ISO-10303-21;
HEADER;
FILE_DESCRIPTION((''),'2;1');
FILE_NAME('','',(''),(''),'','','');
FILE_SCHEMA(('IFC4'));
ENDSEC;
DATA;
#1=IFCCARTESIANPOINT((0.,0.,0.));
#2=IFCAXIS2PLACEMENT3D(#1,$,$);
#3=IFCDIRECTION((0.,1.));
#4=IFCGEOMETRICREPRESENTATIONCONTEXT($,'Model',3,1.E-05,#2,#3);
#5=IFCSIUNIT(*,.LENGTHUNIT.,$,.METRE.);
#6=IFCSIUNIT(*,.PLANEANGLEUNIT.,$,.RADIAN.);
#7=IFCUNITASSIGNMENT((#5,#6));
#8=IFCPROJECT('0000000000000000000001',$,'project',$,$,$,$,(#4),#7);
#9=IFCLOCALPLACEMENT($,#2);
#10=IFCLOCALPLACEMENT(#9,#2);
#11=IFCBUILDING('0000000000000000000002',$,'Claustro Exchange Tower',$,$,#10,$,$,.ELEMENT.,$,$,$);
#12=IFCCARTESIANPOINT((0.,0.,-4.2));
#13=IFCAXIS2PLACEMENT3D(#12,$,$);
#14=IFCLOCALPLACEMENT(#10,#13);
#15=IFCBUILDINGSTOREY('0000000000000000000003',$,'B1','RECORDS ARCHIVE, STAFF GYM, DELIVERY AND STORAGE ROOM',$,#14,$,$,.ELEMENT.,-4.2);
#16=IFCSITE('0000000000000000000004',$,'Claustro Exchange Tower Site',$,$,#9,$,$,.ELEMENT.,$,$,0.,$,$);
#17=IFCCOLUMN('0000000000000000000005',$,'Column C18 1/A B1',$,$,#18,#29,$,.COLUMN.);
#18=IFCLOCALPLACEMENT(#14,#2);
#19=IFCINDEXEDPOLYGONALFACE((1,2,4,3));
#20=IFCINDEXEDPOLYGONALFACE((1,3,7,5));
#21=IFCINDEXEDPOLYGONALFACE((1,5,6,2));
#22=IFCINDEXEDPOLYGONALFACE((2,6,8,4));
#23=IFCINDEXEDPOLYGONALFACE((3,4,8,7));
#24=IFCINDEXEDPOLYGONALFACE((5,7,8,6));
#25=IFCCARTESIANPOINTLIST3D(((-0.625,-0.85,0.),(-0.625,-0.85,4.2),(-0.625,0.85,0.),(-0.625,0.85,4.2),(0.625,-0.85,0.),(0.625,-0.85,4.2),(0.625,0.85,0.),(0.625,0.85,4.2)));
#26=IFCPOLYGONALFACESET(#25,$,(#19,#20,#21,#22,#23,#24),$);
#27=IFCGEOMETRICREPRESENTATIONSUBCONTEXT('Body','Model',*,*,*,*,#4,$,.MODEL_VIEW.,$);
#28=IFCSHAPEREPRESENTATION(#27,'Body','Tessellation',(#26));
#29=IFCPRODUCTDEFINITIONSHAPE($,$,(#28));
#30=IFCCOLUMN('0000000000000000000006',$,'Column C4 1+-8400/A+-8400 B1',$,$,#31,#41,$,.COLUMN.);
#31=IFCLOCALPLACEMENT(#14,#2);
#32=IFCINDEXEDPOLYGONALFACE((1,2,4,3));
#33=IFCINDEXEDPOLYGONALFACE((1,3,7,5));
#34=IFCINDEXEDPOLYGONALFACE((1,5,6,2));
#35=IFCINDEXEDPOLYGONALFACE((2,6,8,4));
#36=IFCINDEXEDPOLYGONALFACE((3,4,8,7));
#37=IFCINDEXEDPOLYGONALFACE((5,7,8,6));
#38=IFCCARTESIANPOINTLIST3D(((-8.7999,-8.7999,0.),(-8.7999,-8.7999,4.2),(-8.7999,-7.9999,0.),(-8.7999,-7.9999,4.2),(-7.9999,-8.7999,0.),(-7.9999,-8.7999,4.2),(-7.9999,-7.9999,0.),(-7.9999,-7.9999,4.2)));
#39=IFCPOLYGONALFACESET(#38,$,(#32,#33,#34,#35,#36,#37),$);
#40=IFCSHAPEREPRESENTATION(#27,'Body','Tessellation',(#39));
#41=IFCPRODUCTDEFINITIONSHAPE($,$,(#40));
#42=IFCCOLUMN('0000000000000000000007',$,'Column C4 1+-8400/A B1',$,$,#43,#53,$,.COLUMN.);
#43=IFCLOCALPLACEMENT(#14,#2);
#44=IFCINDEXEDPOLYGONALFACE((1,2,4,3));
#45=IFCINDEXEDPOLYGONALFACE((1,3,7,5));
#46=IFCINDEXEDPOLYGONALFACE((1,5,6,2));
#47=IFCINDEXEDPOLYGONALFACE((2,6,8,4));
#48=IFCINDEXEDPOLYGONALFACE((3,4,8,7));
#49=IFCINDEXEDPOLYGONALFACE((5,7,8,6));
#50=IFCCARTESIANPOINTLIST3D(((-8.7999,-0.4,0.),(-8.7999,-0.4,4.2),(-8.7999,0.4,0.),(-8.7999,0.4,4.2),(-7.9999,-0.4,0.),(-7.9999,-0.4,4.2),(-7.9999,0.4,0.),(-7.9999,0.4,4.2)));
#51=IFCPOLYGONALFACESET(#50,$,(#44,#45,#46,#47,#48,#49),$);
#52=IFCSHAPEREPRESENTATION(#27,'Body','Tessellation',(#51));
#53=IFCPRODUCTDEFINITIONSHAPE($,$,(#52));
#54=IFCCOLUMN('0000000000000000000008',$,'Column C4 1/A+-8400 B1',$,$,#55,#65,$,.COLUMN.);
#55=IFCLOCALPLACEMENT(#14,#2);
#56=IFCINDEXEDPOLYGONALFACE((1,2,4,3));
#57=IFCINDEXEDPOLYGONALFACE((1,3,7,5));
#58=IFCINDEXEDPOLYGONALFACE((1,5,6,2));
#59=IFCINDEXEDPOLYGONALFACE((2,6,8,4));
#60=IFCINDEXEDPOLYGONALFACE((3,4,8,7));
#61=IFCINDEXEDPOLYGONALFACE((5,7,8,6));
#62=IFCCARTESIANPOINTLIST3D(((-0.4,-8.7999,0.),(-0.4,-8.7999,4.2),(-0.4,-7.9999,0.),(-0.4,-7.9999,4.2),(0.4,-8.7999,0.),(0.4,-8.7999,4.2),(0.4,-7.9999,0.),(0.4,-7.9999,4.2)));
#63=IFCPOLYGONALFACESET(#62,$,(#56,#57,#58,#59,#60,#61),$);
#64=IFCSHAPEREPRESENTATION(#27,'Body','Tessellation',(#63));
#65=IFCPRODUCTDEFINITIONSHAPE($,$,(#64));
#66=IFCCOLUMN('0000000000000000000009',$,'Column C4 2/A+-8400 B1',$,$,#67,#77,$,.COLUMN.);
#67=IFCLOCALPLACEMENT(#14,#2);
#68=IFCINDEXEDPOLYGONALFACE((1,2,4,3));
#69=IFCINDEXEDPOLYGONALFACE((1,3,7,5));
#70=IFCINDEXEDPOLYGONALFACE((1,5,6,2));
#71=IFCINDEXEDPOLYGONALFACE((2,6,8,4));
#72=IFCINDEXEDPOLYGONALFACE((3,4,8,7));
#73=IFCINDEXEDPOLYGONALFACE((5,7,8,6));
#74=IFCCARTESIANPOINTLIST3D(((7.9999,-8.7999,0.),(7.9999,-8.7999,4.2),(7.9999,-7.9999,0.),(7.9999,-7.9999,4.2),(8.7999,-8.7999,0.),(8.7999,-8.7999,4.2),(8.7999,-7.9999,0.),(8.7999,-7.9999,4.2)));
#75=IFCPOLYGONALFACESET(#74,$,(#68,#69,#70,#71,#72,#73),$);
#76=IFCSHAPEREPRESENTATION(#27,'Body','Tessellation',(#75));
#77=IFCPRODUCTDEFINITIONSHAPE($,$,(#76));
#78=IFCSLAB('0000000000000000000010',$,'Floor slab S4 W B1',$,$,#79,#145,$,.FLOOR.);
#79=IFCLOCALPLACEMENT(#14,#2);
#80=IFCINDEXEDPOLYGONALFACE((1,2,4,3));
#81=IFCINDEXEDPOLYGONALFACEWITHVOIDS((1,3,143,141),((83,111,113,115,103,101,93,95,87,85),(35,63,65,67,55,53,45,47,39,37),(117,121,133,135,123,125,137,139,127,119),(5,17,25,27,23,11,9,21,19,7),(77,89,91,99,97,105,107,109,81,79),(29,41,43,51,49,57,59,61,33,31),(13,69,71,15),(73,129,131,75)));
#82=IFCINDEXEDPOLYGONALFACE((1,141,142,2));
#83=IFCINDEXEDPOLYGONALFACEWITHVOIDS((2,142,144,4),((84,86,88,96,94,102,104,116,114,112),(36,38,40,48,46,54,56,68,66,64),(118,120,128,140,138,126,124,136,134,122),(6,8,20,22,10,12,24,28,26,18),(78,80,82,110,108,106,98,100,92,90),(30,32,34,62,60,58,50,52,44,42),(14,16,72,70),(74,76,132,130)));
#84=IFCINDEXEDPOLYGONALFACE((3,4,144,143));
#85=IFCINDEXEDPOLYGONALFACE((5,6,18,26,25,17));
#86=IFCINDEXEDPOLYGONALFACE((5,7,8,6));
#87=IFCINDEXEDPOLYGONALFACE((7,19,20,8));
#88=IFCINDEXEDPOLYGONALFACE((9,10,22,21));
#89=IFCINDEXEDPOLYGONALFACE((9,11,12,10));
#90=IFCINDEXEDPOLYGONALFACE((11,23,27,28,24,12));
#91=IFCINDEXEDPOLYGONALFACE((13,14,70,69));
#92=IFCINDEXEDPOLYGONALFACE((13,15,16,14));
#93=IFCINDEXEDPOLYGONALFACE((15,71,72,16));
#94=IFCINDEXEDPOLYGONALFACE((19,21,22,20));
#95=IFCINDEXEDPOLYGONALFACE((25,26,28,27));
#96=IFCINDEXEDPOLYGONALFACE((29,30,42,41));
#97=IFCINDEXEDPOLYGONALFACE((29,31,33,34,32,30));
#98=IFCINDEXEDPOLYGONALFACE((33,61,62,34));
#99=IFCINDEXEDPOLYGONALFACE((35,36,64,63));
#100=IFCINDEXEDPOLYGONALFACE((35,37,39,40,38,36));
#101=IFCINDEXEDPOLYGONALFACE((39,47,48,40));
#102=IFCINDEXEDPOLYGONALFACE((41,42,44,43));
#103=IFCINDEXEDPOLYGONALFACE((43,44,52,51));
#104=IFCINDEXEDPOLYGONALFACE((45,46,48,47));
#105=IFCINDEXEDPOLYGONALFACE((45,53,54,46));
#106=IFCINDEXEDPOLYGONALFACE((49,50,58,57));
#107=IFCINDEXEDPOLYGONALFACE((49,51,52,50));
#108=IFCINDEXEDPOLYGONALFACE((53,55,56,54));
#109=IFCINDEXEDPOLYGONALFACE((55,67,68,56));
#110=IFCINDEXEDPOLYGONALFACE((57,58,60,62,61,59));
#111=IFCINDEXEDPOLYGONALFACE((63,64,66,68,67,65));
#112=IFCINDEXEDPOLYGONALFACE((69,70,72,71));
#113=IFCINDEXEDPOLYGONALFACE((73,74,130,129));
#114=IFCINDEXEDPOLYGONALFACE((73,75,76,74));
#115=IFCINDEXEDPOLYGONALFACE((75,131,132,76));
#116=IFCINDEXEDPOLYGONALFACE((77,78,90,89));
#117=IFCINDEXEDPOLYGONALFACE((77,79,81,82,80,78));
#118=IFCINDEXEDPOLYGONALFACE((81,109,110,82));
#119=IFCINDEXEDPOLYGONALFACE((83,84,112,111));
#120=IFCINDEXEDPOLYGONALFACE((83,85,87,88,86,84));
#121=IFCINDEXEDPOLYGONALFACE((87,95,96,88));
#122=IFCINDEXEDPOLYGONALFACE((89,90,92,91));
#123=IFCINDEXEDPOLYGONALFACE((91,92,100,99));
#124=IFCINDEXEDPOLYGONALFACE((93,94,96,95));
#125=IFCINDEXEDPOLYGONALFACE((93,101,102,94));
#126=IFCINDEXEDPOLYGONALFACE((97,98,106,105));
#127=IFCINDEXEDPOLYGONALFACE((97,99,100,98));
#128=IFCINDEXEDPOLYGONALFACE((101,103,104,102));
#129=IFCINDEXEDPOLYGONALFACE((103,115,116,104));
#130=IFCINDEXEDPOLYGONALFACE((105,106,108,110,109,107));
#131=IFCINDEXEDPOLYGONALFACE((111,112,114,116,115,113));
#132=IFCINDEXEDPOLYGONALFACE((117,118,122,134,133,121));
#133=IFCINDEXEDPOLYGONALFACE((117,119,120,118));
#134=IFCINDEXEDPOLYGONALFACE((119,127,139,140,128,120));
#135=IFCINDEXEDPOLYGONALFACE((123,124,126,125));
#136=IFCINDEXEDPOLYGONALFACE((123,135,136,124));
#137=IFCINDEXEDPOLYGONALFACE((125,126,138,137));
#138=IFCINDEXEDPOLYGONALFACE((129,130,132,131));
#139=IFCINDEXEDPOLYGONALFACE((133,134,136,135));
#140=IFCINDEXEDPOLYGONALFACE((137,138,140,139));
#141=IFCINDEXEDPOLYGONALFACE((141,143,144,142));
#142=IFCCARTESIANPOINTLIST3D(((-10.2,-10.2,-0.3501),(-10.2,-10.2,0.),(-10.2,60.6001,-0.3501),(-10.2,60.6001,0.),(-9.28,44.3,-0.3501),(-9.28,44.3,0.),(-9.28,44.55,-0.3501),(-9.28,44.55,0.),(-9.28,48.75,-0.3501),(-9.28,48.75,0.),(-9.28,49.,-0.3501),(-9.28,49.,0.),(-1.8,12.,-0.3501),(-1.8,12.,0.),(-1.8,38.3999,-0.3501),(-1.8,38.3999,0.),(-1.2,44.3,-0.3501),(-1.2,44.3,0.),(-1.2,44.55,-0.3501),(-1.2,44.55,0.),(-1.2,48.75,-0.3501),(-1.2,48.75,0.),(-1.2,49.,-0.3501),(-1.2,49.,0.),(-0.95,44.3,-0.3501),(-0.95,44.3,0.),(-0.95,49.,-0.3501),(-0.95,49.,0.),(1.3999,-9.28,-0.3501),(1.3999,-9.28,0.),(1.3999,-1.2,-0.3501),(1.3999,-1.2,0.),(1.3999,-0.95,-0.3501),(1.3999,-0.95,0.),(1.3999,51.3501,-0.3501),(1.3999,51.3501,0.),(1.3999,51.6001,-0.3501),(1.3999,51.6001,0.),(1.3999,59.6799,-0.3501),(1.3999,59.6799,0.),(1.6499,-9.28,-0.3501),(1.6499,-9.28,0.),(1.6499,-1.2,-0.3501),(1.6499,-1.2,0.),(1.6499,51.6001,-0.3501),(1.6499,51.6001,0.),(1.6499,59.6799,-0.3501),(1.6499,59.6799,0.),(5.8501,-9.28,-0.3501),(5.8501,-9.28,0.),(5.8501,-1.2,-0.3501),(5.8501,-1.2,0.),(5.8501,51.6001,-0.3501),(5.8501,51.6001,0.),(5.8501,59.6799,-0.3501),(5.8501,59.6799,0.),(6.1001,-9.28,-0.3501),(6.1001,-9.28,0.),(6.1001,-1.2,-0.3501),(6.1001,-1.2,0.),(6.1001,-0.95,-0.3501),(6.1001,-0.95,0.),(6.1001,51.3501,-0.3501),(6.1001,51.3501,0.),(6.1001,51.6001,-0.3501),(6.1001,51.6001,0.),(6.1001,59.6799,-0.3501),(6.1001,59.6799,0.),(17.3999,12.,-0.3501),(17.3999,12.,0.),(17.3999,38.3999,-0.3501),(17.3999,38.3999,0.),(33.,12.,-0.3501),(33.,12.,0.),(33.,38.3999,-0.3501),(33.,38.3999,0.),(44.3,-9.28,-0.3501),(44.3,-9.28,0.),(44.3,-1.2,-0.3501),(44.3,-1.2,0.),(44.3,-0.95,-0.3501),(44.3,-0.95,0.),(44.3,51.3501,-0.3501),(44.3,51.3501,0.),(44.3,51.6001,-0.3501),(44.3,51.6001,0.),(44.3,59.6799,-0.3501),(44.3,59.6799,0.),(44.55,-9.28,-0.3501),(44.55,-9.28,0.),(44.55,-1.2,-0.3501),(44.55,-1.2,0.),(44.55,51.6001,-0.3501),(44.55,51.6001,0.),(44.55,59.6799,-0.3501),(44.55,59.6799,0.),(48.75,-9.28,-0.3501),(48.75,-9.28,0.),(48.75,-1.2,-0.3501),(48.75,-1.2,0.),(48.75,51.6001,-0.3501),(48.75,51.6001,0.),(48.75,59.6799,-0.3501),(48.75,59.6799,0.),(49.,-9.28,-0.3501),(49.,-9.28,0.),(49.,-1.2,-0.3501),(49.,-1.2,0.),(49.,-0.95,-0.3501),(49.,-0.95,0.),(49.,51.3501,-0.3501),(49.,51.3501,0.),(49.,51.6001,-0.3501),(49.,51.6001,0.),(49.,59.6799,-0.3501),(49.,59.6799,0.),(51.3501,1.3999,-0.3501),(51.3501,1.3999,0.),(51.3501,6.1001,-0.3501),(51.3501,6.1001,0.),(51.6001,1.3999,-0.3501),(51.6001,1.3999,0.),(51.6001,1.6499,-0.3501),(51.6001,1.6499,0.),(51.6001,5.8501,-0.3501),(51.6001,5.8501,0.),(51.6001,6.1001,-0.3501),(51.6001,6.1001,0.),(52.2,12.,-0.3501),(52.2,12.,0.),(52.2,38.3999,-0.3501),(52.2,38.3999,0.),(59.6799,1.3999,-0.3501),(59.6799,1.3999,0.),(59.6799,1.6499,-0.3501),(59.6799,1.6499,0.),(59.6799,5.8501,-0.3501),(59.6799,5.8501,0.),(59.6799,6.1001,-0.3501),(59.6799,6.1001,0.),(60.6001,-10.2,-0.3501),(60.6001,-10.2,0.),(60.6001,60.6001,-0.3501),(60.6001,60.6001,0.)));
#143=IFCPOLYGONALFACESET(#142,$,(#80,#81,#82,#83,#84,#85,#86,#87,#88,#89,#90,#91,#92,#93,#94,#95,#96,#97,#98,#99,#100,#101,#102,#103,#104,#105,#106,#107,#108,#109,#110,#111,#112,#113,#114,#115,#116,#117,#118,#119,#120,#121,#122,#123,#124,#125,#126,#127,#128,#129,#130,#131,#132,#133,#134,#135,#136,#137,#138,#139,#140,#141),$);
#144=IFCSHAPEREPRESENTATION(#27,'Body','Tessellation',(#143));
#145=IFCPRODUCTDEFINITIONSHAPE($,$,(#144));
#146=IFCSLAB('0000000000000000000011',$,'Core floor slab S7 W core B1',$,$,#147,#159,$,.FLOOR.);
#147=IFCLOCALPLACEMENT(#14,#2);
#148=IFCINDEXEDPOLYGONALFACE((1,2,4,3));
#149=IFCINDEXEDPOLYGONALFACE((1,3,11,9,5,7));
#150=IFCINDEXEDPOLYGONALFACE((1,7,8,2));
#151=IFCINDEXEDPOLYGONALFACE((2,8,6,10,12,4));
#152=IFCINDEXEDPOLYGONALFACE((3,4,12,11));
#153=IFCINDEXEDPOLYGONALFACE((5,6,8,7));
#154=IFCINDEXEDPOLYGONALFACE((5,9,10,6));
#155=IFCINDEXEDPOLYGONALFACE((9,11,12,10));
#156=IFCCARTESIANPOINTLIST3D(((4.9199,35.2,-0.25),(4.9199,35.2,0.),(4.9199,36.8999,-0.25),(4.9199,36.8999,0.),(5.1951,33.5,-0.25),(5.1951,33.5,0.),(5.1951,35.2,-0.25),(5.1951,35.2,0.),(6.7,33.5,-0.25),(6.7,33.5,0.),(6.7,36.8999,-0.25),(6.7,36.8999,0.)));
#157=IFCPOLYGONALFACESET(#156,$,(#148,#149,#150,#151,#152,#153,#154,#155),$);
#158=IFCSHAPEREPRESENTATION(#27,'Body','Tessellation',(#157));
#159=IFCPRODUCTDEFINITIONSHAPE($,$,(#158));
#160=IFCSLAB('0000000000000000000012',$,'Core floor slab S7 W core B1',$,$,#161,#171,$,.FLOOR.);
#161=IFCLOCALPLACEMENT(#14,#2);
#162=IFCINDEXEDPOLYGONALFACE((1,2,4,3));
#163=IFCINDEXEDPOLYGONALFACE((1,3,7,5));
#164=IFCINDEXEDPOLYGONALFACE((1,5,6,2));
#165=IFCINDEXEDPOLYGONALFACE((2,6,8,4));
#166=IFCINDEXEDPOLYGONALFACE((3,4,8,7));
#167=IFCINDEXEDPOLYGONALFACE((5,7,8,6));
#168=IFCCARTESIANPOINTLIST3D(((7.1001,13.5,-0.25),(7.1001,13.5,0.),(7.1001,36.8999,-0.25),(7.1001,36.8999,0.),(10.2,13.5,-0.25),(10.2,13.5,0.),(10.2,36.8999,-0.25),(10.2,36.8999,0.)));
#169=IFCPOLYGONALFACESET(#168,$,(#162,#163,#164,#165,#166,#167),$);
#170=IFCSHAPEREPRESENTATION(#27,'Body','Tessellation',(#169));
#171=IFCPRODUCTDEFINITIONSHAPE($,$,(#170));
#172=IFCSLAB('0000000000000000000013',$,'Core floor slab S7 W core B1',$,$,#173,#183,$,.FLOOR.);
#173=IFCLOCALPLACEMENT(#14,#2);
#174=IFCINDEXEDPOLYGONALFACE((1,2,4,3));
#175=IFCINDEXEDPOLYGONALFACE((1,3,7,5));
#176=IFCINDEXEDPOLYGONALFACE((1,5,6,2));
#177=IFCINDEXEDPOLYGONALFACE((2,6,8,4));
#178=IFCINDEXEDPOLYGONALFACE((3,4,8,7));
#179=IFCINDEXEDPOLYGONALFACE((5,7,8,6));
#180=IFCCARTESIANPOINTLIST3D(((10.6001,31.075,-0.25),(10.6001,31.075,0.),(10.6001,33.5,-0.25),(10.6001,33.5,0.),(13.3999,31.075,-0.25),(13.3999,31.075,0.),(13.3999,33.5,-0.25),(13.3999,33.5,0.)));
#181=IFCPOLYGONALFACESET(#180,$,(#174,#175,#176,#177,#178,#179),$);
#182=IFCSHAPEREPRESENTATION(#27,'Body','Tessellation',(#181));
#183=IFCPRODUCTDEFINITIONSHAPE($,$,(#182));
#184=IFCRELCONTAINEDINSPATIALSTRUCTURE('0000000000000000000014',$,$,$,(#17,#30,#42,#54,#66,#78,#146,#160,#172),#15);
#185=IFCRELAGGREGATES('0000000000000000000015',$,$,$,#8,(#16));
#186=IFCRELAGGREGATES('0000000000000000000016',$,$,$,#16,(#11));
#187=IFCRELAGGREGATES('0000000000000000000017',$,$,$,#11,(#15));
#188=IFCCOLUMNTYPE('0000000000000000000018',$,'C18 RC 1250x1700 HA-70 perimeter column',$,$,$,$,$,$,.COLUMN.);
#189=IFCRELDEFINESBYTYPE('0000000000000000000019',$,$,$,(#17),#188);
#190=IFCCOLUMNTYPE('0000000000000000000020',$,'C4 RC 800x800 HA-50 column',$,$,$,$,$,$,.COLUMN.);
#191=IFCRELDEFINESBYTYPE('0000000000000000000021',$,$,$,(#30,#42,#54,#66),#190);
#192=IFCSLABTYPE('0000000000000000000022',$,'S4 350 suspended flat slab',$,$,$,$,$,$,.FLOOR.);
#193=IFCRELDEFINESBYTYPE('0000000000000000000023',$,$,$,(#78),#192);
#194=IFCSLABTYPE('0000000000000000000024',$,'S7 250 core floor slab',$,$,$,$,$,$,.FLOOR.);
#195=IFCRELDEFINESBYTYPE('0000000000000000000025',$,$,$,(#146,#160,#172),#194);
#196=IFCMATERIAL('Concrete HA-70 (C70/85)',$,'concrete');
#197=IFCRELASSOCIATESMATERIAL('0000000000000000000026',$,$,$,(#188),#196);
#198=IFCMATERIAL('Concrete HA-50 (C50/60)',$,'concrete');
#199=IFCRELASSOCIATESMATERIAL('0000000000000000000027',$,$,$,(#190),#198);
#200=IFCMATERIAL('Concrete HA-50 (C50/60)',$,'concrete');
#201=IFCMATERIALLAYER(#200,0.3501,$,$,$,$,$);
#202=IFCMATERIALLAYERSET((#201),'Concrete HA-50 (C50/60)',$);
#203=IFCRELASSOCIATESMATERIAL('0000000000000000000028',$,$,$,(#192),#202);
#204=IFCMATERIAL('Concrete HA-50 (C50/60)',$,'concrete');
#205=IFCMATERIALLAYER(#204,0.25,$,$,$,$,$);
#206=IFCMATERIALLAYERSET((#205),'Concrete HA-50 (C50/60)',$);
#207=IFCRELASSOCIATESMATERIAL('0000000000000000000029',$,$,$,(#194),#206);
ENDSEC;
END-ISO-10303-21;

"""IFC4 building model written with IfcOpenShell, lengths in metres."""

from ifc_helpers import new_model, si_unit, direction, frame, origin, origin_with_axes, origin_2d, place, context, subcontext, project, spatial, polyline, rectangle, outline, extrude, material, layer, layer_set, material_profile, profile_set, type_object, element, save


model = new_model("IFC4")

# Units and contexts
model_context = context("Model", 3, precision=1e-05, world=origin(), true_north=direction((0.0, 1.0)))
body_context = subcontext(model_context, "Body", "Model", "MODEL_VIEW")
ifc_project = project(units=[si_unit("LENGTHUNIT", "METRE"), si_unit("PLANEANGLEUNIT", "RADIAN")], contexts=[model_context])

# Site, building, storey
site_placement = place(None, origin())
site = spatial("IfcSite", under=ifc_project, at=site_placement, Name="Claustro Exchange Tower Site", CompositionType="ELEMENT", RefElevation=0.0)
building_placement = place(site_placement, origin())
building = spatial("IfcBuilding", under=site, at=building_placement, Name="Claustro Exchange Tower", CompositionType="ELEMENT")
storey_placement = place(building_placement, frame((0.0, 0.0, -4.2)))
storey = spatial("IfcBuildingStorey", under=building, at=storey_placement, Name="B1", Description="RECORDS ARCHIVE, STAFF GYM, DELIVERY AND STORAGE ROOM", CompositionType="ELEMENT", Elevation=-4.2)

# Columns
ifc_material_1 = material(Name="Concrete HA-70 (C70/85)", Category="concrete")
ifc_material_profile_1 = material_profile(ifc_material_1, rectangle(XDim=1.25, YDim=1.7, at=origin_2d()), Name="RC 1250x1700")
ifc_profile_set_1 = profile_set([ifc_material_profile_1], Name="Concrete HA-70 (C70/85)")
column_type_1 = type_object("IfcColumnType", Name="C18 RC 1250x1700 HA-70 perimeter column", PredefinedType="COLUMN", material=ifc_profile_set_1)
column_placement = place(storey_placement, origin_with_axes())
element("IfcColumn", 1, at=column_placement, inside=storey, type_object=column_type_1, Name="Column C18 1/A B1", PredefinedType="COLUMN", context=body_context, shape_type="SweptSolid", body=[
    extrude(rectangle(XDim=1.25, YDim=1.7, at=origin_2d()), origin(), (0.0, 0.0, 1.0), 4.2),
])
ifc_material_2 = material(Name="Concrete HA-50 (C50/60)", Category="concrete")
ifc_material_profile_2 = material_profile(ifc_material_2, rectangle(XDim=0.8, YDim=0.8, at=origin_2d()), Name="RC 800x800")
ifc_profile_set_2 = profile_set([ifc_material_profile_2], Name="Concrete HA-50 (C50/60)")
column_type_2 = type_object("IfcColumnType", Name="C4 RC 800x800 HA-50 column", PredefinedType="COLUMN", material=ifc_profile_set_2)
for number, where, z_axis, x_axis, name in (
    (2, (-8.3999, -8.3999, 0.0), (0.0, 0.0, 1.0), (1.0, 0.0, 0.0), "Column C4 1+-8400/A+-8400 B1"),
    (3, (-8.3999, 0.0, 0.0), (0.0, 0.0, 1.0), (1.0, 0.0, 0.0), "Column C4 1+-8400/A B1"),
    (4, (0.0, -8.3999, 0.0), (0.0, 0.0, 1.0), (1.0, 0.0, 0.0), "Column C4 1/A+-8400 B1"),
    (5, (8.3999, -8.3999, 0.0), (0.0, 0.0, 1.0), (1.0, 0.0, 0.0), "Column C4 2/A+-8400 B1"),
):
    element("IfcColumn", number, at=place(storey_placement, frame(where, z_axis=z_axis, x_axis=x_axis)), inside=storey, type_object=column_type_2, Name=name, PredefinedType="COLUMN", context=body_context, shape_type="SweptSolid", body=[
        extrude(rectangle(XDim=0.8, YDim=0.8, at=origin_2d()), origin(), (0.0, 0.0, 1.0), 4.2),
    ])

# Slabs
ifc_material_3 = material(Name="Concrete HA-50 (C50/60)", Category="concrete")
ifc_layer_1 = layer(ifc_material_3, 0.3501)
ifc_layer_set_1 = layer_set([ifc_layer_1], Name="Concrete HA-50 (C50/60)")
slab_type_1 = type_object("IfcSlabType", Name="S4 350 suspended flat slab", PredefinedType="FLOOR", material=ifc_layer_set_1)
slab_1_placement = place(storey_placement, frame((0.0, 0.0, -0.3501)))
element("IfcSlab", 6, at=slab_1_placement, inside=storey, type_object=slab_type_1, Name="Floor slab S4 W B1", PredefinedType="FLOOR", context=body_context, shape_type="SweptSolid", body=[
    extrude(outline(polyline([(-10.2, -10.2), (60.6001, -10.2), (60.6001, 60.6001), (-10.2, 60.6001), (-10.2, -10.2)]), holes=[polyline([(51.3501, 1.3999), (51.3501, 6.1001), (51.6001, 6.1001), (59.6799, 6.1001), (59.6799, 5.8501), (51.6001, 5.8501), (51.6001, 1.6499), (59.6799, 1.6499), (59.6799, 1.3999), (51.6001, 1.3999), (51.3501, 1.3999)]), polyline([(52.2, 38.3999), (52.2, 12.0), (33.0, 12.0), (33.0, 38.3999), (52.2, 38.3999)]), polyline([(44.55, 51.6001), (48.75, 51.6001), (48.75, 59.6799), (49.0, 59.6799), (49.0, 51.6001), (49.0, 51.3501), (44.3, 51.3501), (44.3, 51.6001), (44.3, 59.6799), (44.55, 59.6799), (44.55, 51.6001)]), polyline([(49.0, -9.28), (48.75, -9.28), (48.75, -1.2), (44.55, -1.2), (44.55, -9.28), (44.3, -9.28), (44.3, -1.2), (44.3, -0.95), (49.0, -0.95), (49.0, -1.2), (49.0, -9.28)]), polyline([(17.3999, 38.3999), (17.3999, 12.0), (-1.8, 12.0), (-1.8, 38.3999), (17.3999, 38.3999)]), polyline([(1.6499, 51.6001), (5.8501, 51.6001), (5.8501, 59.6799), (6.1001, 59.6799), (6.1001, 51.6001), (6.1001, 51.3501), (1.3999, 51.3501), (1.3999, 51.6001), (1.3999, 59.6799), (1.6499, 59.6799), (1.6499, 51.6001)]), polyline([(6.1001, -9.28), (5.8501, -9.28), (5.8501, -1.2), (1.6499, -1.2), (1.6499, -9.28), (1.3999, -9.28), (1.3999, -1.2), (1.3999, -0.95), (6.1001, -0.95), (6.1001, -1.2), (6.1001, -9.28)]), polyline([(-9.28, 49.0), (-1.2, 49.0), (-0.95, 49.0), (-0.95, 44.3), (-1.2, 44.3), (-9.28, 44.3), (-9.28, 44.55), (-1.2, 44.55), (-1.2, 48.75), (-9.28, 48.75), (-9.28, 49.0)])]), origin(), (0.0, 0.0, 1.0), 0.3501),
])
ifc_material_4 = material(Name="Concrete HA-50 (C50/60)", Category="concrete")
ifc_layer_2 = layer(ifc_material_4, 0.25)
ifc_layer_set_2 = layer_set([ifc_layer_2], Name="Concrete HA-50 (C50/60)")
slab_type_2 = type_object("IfcSlabType", Name="S7 250 core floor slab", PredefinedType="FLOOR", material=ifc_layer_set_2)
slab_2_placement = place(storey_placement, frame((0.0, 0.0, -0.25)))
element("IfcSlab", 7, at=slab_2_placement, inside=storey, type_object=slab_type_2, Name="Core floor slab S7 W core B1", PredefinedType="FLOOR", context=body_context, shape_type="SweptSolid", body=[
    extrude(outline(polyline([(6.7, 33.5), (6.7, 36.8999), (4.9199, 36.8999), (4.9199, 35.2), (5.1951, 35.2), (5.1951, 33.5), (6.7, 33.5)])), origin(), (0.0, 0.0, 1.0), 0.25),
])
slab_3_placement = place(storey_placement, frame((0.0, 0.0, -0.25)))
element("IfcSlab", 8, at=slab_3_placement, inside=storey, type_object=slab_type_2, Name="Core floor slab S7 W core B1", PredefinedType="FLOOR", context=body_context, shape_type="SweptSolid", body=[
    extrude(outline(polyline([(10.2, 13.5), (10.2, 36.8999), (7.1001, 36.8999), (7.1001, 13.5), (10.2, 13.5)])), origin(), (0.0, 0.0, 1.0), 0.25),
])
slab_4_placement = place(storey_placement, frame((0.0, 0.0, -0.25)))
element("IfcSlab", 9, at=slab_4_placement, inside=storey, type_object=slab_type_2, Name="Core floor slab S7 W core B1", PredefinedType="FLOOR", context=body_context, shape_type="SweptSolid", body=[
    extrude(outline(polyline([(13.3999, 31.075), (13.3999, 33.5), (10.6001, 33.5), (10.6001, 31.075), (13.3999, 31.075)])), origin(), (0.0, 0.0, 1.0), 0.25),
])

save(model, "model.ifc")
